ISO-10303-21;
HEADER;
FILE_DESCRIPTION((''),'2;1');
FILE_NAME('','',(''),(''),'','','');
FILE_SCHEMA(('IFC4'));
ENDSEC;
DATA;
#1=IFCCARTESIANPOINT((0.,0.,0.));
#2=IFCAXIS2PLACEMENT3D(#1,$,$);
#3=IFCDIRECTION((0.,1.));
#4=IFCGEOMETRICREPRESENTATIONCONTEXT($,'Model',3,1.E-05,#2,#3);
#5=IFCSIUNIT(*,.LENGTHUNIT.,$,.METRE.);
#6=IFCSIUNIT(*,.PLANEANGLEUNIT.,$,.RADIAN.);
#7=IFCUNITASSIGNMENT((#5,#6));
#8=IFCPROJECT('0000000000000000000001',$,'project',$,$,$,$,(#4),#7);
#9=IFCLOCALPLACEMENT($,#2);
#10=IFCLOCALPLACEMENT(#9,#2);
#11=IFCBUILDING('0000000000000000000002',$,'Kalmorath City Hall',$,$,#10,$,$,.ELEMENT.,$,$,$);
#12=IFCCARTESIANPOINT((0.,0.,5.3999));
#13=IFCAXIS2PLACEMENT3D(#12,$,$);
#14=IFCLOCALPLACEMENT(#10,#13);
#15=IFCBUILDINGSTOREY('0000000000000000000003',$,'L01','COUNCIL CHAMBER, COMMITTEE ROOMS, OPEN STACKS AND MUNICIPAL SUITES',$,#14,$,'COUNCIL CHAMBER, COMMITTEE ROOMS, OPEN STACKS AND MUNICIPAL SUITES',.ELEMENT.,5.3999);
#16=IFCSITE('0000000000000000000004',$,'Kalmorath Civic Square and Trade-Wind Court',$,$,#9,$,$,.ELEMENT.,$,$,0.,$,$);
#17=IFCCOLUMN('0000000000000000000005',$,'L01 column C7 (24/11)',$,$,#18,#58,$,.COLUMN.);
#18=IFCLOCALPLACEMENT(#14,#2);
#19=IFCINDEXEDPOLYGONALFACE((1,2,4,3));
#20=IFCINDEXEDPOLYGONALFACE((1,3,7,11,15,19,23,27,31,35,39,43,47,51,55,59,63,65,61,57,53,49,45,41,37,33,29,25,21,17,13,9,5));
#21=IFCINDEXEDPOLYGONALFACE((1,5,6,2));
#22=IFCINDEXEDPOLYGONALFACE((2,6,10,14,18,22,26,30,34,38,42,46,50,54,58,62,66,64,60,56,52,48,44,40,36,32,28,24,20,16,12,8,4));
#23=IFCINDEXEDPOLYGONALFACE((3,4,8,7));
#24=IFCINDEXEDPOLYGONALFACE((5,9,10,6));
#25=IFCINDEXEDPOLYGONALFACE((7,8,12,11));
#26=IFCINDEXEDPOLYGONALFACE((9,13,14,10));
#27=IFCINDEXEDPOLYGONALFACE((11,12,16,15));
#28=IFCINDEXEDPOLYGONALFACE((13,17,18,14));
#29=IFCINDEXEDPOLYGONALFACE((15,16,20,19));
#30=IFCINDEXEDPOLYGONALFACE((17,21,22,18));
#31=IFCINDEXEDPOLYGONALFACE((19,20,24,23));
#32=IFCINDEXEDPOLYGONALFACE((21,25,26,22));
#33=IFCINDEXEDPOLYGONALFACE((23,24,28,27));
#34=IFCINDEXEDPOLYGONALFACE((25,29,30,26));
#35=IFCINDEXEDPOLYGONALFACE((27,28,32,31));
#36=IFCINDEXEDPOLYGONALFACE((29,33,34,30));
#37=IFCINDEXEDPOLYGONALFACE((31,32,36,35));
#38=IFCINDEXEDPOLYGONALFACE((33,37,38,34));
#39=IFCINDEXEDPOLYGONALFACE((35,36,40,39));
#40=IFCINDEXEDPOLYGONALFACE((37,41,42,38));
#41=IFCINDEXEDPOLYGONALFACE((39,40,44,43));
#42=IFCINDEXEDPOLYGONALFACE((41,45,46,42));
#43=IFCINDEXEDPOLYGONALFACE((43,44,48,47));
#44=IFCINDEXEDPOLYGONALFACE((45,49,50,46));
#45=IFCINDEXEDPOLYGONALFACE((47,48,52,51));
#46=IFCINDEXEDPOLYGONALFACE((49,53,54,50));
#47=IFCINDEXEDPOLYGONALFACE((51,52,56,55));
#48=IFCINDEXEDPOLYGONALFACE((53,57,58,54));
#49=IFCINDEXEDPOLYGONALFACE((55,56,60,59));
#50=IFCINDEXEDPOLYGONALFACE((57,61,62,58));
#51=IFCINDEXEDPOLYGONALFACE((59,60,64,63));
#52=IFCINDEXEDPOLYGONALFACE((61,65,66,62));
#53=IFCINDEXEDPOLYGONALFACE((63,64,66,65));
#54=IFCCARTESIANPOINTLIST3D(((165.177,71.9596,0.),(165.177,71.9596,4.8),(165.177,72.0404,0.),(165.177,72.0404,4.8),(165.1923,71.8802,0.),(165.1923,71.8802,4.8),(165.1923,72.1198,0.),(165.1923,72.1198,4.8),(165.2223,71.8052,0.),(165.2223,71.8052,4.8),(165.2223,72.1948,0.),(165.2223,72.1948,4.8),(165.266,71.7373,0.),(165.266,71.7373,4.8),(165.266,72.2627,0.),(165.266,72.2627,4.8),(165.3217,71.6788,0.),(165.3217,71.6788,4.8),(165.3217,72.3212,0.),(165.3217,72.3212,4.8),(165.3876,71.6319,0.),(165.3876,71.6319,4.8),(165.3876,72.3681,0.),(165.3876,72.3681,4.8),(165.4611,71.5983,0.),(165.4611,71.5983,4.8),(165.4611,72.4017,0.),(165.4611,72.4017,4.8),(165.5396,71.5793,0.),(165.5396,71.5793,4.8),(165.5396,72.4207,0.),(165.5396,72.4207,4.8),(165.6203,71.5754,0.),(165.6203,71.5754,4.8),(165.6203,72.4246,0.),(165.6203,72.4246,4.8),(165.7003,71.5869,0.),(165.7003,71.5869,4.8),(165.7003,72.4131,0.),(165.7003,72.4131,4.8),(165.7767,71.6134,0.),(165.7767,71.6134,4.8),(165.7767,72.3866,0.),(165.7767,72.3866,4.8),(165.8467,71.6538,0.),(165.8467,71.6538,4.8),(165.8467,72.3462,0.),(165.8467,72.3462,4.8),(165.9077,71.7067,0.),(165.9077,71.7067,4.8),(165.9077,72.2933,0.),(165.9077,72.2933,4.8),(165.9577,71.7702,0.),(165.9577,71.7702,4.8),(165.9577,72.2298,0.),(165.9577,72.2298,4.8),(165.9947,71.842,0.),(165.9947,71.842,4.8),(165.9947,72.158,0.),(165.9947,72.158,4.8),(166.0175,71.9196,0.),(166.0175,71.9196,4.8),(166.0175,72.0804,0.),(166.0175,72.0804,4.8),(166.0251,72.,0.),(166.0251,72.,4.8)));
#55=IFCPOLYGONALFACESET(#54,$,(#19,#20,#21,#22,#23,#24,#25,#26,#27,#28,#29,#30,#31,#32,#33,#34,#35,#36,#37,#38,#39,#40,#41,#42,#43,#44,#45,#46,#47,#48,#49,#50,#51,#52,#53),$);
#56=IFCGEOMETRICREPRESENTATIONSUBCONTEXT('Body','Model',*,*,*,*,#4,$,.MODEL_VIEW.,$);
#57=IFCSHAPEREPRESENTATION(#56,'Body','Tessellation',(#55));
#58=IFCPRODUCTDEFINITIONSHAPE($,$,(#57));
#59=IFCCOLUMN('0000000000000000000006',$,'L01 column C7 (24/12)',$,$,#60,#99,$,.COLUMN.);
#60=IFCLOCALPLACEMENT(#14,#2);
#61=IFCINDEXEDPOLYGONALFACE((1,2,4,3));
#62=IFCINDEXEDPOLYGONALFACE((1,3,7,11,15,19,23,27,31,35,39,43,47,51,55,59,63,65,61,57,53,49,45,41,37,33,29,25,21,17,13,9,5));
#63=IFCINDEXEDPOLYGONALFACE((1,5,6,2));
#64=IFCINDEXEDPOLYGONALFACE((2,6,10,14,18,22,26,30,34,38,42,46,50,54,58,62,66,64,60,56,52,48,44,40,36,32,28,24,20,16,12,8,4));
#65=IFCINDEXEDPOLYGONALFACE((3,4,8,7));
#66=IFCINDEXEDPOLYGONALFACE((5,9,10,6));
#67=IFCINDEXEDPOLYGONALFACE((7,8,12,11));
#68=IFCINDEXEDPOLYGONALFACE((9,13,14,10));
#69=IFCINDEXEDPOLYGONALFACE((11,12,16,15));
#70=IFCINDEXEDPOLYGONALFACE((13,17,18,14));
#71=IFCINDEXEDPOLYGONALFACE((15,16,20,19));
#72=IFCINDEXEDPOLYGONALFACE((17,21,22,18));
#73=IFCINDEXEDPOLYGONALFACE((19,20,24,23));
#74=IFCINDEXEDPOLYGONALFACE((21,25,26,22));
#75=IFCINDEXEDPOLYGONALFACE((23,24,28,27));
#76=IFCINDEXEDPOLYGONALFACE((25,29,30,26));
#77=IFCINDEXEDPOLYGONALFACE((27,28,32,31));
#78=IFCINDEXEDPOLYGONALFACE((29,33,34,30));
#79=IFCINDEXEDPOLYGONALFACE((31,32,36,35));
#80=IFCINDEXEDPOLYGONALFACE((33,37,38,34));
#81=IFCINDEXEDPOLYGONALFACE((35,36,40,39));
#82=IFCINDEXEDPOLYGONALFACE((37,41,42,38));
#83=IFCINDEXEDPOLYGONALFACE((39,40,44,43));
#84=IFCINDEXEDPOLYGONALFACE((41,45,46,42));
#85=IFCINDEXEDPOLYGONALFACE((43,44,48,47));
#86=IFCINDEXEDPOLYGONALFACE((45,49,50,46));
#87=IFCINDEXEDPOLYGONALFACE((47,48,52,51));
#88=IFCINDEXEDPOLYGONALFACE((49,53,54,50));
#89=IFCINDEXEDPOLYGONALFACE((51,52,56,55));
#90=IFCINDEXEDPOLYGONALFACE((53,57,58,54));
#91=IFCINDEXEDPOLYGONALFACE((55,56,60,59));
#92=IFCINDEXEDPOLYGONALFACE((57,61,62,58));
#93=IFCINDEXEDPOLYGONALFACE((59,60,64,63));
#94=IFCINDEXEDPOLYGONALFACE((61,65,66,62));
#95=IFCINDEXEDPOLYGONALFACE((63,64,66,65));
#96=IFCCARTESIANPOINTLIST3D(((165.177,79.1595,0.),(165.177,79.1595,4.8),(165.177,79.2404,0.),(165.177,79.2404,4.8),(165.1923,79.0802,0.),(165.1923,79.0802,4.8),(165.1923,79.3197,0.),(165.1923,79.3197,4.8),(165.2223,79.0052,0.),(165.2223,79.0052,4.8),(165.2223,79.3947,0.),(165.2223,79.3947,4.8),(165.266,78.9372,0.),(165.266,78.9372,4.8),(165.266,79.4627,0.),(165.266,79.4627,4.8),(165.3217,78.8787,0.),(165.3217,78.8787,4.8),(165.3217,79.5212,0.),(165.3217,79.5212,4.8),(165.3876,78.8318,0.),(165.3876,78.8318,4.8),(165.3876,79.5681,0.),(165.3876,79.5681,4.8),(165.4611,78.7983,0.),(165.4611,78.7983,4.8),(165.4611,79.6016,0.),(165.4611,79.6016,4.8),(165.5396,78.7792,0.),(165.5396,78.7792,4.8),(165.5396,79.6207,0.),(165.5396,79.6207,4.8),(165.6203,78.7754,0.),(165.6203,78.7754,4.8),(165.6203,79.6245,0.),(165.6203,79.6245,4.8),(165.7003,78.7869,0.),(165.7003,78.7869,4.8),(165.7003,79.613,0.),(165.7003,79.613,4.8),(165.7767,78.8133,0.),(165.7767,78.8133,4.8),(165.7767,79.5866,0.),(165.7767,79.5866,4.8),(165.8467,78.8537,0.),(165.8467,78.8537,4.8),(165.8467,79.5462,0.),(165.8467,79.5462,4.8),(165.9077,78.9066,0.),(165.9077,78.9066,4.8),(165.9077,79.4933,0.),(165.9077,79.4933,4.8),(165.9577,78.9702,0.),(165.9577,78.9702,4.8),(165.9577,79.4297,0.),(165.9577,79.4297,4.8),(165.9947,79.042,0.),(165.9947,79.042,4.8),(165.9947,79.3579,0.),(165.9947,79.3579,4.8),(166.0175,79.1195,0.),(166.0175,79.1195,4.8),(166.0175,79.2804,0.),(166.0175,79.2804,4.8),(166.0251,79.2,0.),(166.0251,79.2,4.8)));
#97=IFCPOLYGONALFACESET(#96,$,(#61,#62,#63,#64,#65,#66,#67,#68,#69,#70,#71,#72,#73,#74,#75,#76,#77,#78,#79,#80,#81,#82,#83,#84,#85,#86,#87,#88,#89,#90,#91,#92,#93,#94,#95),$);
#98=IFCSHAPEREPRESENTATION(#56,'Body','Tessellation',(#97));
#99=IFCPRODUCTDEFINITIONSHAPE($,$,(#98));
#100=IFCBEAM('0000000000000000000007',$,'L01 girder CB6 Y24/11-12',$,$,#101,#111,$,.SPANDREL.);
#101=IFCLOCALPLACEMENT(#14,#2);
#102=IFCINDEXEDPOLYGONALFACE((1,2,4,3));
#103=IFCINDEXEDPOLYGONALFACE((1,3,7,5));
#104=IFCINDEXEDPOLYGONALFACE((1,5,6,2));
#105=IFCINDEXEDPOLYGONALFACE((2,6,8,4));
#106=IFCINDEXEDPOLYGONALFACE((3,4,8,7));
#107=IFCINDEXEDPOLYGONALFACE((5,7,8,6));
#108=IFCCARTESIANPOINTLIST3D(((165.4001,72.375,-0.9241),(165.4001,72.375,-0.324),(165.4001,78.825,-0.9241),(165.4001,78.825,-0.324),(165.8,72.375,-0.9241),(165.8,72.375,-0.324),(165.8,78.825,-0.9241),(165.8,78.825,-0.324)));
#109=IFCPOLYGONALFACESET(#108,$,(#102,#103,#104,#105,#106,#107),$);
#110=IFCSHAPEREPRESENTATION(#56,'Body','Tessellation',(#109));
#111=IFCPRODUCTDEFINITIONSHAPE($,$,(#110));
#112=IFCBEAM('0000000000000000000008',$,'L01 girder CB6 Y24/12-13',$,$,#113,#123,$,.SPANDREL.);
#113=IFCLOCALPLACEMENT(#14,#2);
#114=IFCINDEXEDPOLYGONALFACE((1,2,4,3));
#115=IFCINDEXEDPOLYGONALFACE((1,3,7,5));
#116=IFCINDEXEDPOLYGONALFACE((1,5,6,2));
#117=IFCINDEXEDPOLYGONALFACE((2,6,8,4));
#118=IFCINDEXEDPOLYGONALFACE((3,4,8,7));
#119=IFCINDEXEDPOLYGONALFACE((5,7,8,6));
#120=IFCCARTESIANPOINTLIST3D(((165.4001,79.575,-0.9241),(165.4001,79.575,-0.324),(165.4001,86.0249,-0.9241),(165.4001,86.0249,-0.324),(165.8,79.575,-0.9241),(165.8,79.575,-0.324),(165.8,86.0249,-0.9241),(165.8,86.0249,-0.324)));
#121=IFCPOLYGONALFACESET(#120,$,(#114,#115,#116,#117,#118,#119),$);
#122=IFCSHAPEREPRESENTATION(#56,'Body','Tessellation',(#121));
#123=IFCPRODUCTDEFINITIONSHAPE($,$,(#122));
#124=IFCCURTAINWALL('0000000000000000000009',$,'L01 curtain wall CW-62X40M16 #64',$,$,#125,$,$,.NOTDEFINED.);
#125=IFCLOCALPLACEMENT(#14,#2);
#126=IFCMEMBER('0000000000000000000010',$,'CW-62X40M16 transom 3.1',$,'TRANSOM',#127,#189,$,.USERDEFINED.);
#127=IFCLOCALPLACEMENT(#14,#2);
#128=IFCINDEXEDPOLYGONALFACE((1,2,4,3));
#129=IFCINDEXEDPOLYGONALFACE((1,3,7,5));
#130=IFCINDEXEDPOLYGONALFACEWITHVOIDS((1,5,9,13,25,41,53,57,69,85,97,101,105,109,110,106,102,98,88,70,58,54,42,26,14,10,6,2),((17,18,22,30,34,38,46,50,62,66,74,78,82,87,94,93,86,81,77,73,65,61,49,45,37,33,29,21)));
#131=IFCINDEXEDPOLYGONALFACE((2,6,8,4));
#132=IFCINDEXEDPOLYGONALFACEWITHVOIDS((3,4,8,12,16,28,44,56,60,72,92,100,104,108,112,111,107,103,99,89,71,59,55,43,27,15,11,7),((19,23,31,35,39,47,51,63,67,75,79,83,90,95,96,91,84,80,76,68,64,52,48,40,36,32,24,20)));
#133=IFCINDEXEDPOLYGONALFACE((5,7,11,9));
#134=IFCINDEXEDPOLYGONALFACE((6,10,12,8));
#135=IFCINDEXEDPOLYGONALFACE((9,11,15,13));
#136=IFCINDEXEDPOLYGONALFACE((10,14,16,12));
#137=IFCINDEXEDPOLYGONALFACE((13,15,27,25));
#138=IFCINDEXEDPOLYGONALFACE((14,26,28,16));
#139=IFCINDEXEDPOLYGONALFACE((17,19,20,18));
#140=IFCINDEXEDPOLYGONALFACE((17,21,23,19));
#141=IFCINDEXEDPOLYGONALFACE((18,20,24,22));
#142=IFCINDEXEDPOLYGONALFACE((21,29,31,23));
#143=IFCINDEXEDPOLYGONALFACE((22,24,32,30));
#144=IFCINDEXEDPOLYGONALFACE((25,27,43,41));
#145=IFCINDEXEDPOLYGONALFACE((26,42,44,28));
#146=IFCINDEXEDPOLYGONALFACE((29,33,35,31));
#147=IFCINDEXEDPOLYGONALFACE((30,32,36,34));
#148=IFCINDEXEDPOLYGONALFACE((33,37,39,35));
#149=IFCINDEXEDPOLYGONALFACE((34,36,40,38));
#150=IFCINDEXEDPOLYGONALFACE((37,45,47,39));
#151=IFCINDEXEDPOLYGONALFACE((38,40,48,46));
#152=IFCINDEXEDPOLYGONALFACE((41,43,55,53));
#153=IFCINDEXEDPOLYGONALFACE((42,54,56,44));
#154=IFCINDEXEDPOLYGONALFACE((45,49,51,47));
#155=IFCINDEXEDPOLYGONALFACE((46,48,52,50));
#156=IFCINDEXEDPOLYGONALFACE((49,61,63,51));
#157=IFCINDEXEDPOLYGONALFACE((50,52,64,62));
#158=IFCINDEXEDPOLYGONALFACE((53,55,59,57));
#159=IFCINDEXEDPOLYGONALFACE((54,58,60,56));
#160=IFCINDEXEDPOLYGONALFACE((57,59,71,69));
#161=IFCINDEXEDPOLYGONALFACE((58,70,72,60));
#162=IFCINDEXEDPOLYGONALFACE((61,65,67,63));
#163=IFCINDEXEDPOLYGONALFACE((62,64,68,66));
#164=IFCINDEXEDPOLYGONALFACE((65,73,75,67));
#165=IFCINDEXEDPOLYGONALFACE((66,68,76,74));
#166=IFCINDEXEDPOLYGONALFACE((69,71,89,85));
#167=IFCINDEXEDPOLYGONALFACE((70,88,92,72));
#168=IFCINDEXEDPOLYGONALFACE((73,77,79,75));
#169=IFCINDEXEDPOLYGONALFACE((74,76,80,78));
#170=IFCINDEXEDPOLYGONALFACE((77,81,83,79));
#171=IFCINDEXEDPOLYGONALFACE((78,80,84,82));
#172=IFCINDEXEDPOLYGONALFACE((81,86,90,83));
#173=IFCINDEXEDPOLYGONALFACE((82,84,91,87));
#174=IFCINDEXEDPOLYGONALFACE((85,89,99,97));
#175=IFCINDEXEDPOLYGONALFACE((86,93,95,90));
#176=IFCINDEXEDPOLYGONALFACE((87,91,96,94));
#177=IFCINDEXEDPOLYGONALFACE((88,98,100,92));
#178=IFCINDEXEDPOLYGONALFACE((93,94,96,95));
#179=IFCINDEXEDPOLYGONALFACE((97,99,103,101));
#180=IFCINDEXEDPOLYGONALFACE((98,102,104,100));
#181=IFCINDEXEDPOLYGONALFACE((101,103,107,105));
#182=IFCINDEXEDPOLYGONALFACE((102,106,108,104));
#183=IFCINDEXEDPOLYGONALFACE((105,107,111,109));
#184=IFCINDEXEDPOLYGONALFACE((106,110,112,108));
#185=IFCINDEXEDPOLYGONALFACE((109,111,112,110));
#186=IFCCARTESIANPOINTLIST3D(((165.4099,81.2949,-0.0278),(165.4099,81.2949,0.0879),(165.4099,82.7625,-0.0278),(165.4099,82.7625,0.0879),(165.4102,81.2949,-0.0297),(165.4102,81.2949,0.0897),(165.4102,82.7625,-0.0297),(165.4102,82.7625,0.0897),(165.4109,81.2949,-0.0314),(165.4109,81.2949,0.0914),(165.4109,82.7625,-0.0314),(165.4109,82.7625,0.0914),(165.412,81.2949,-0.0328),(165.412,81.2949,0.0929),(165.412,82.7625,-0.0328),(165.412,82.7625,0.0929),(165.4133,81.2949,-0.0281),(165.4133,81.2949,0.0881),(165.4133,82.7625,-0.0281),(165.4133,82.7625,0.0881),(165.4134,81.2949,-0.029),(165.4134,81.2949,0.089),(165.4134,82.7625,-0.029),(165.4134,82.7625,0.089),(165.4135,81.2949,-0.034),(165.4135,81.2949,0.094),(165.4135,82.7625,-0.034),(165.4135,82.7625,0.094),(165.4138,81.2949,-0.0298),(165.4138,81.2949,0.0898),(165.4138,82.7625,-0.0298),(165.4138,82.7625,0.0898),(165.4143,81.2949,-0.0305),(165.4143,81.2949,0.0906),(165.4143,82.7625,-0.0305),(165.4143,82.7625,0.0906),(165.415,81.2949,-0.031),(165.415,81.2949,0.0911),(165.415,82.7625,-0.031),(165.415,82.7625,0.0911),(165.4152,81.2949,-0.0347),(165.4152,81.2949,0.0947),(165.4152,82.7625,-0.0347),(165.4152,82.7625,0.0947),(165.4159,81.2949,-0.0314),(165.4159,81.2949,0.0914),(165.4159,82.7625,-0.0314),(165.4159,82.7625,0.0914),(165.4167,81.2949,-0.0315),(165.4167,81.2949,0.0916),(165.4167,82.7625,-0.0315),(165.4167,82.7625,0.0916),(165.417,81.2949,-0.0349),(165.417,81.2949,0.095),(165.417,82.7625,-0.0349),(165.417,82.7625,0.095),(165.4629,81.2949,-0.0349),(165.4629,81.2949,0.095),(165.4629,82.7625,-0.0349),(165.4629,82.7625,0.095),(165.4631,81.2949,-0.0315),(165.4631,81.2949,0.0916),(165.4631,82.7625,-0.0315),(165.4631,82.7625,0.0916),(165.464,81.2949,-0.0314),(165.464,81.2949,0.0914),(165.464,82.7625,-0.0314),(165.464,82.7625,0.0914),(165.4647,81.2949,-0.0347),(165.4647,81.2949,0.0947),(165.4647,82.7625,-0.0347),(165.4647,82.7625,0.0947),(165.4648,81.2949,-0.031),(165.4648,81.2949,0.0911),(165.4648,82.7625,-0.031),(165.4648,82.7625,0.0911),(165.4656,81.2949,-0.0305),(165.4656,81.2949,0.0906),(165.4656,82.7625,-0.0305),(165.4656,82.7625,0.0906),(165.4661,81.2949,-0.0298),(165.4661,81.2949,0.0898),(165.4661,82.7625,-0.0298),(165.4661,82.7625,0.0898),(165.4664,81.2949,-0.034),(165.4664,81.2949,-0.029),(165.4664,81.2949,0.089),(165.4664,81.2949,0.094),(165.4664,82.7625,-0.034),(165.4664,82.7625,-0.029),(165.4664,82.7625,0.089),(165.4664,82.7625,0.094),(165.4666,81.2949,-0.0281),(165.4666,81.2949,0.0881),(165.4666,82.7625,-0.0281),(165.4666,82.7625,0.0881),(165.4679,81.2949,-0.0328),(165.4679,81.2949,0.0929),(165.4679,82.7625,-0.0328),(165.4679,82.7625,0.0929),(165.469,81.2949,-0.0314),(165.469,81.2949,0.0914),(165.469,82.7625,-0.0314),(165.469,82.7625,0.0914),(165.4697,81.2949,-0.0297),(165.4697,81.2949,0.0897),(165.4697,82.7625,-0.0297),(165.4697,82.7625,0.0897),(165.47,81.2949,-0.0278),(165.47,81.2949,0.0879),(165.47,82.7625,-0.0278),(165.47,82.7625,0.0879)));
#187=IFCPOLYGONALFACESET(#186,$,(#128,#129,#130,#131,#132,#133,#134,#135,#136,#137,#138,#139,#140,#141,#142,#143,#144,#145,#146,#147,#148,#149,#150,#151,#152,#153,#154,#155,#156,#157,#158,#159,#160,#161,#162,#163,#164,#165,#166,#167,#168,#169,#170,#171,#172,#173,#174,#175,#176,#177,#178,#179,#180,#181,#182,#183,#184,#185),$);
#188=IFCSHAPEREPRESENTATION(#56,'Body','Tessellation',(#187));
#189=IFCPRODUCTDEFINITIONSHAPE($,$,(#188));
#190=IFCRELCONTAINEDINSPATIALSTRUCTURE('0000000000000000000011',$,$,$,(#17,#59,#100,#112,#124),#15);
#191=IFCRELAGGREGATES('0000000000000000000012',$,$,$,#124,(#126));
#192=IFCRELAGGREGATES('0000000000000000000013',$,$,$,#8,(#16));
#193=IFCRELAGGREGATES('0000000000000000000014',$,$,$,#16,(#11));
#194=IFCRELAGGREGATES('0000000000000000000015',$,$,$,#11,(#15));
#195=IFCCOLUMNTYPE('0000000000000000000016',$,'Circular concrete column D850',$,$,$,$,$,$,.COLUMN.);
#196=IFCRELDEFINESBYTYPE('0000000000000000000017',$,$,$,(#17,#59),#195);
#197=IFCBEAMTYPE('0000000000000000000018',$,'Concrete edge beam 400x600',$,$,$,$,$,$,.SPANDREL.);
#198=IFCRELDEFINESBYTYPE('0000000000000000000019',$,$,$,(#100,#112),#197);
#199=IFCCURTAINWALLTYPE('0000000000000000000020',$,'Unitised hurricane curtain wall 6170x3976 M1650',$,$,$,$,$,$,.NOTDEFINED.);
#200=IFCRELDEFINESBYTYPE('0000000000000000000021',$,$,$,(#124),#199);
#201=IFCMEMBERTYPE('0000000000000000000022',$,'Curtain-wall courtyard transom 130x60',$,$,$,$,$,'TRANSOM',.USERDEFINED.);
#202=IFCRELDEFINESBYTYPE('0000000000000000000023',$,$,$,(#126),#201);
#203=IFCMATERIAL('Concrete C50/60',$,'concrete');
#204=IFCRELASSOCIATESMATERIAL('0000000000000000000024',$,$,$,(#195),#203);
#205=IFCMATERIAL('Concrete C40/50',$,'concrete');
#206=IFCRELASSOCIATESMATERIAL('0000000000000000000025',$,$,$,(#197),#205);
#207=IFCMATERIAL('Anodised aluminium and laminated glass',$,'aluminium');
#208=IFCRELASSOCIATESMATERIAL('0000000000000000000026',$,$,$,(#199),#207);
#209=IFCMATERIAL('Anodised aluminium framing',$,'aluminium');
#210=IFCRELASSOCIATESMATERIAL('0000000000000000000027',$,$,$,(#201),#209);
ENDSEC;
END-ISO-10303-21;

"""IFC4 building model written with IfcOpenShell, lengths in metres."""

from ifc_helpers import new_model, si_unit, direction, frame, origin, origin_2d, place, context, subcontext, project, spatial, rectangle, hollow_rectangle, circle, extrude, material, material_profile, profile_set, type_object, element, aggregate, save


model = new_model("IFC4")

# Units and contexts
model_context = context("Model", 3, precision=1e-05, world=origin(), true_north=direction((0.0, 1.0)))
body_context = subcontext(model_context, "Body", "Model", "MODEL_VIEW")
ifc_project = project(units=[si_unit("LENGTHUNIT", "METRE"), si_unit("PLANEANGLEUNIT", "RADIAN")], contexts=[model_context])

# Site, building, storey
site_placement = place(None, origin())
site = spatial("IfcSite", under=ifc_project, at=site_placement, Name="Kalmorath Civic Square and Trade-Wind Court", CompositionType="ELEMENT", RefElevation=0.0)
building_placement = place(site_placement, origin())
building = spatial("IfcBuilding", under=site, at=building_placement, Name="Kalmorath City Hall", CompositionType="ELEMENT")
storey_placement = place(building_placement, frame((0.0, 0.0, 5.3999)))
storey = spatial("IfcBuildingStorey", under=building, at=storey_placement, Name="L01", Description="COUNCIL CHAMBER, COMMITTEE ROOMS, OPEN STACKS AND MUNICIPAL SUITES", LongName="COUNCIL CHAMBER, COMMITTEE ROOMS, OPEN STACKS AND MUNICIPAL SUITES", CompositionType="ELEMENT", Elevation=5.3999)

# Columns
ifc_material_1 = material(Name="Concrete C50/60", Category="concrete")
ifc_material_profile_1 = material_profile(ifc_material_1, circle(Radius=0.425, at=origin_2d()), Name="RC-COL-D850")
ifc_profile_set_1 = profile_set([ifc_material_profile_1], Name="Concrete C50/60")
column_type = type_object("IfcColumnType", Name="Circular concrete column D850", PredefinedType="COLUMN", material=ifc_profile_set_1)
for number, where, z_axis, x_axis, name in (
    (1, (165.6001, 72.0, 0.0), (0.0, 0.0, 1.0), (1.0, 0.0, 0.0), "L01 column C7 (24/11)"),
    (2, (165.6001, 79.2, 0.0), (0.0, 0.0, 1.0), (1.0, 0.0, 0.0), "L01 column C7 (24/12)"),
):
    element("IfcColumn", number, at=place(storey_placement, frame(where, z_axis=z_axis, x_axis=x_axis)), inside=storey, type_object=column_type, Name=name, PredefinedType="COLUMN", context=body_context, shape_type="SweptSolid", body=[
        extrude(circle(Radius=0.425, at=origin_2d()), origin(), (0.0, 0.0, 1.0), 4.8),
    ])

# Beams
ifc_material_2 = material(Name="Concrete C40/50", Category="concrete")
ifc_material_profile_2 = material_profile(ifc_material_2, rectangle(XDim=0.3999, YDim=0.6001, at=origin_2d()), Name="RC-BM-400X600")
ifc_profile_set_2 = profile_set([ifc_material_profile_2], Name="Concrete C40/50")
beam_type = type_object("IfcBeamType", Name="Concrete edge beam 400x600", PredefinedType="SPANDREL", material=ifc_profile_set_2)
for number, where, z_axis, x_axis, name in (
    (3, (165.6001, 72.375, -0.624), (0.0, 1.0, 0.0), (-1.0, 0.0, 0.0), "L01 girder CB6 Y24/11-12"),
    (4, (165.6001, 79.575, -0.624), (0.0, 1.0, 0.0), (-1.0, 0.0, 0.0), "L01 girder CB6 Y24/12-13"),
):
    element("IfcBeam", number, at=place(storey_placement, frame(where, z_axis=z_axis, x_axis=x_axis)), inside=storey, type_object=beam_type, Name=name, PredefinedType="SPANDREL", context=body_context, shape_type="SweptSolid", body=[
        extrude(rectangle(XDim=0.3999, YDim=0.6001, at=origin_2d()), origin(), (0.0, 0.0, 1.0), 6.45),
    ])

# Curtain wall, member
ifc_material_3 = material(Name="Anodised aluminium and laminated glass", Category="aluminium")
curtain_wall_type = type_object("IfcCurtainWallType", Name="Unitised hurricane curtain wall 6170x3976 M1650", PredefinedType="NOTDEFINED", material=ifc_material_3)
curtain_wall_1_placement = place(storey_placement, origin())
curtain_wall_1 = element("IfcCurtainWall", 5, at=curtain_wall_1_placement, inside=storey, type_object=curtain_wall_type, Name="L01 curtain wall CW-62X40M16 #64", PredefinedType="NOTDEFINED")
ifc_material_4 = material(Name="Anodised aluminium framing", Category="aluminium")
ifc_material_profile_3 = material_profile(ifc_material_4, hollow_rectangle(XDim=0.0601, YDim=0.1299, WallThickness=0.0034, InnerFilletRadius=0.0034, OuterFilletRadius=0.0071, at=origin_2d()), Name="ALU-TRN-130X60X3.5")
ifc_profile_set_3 = profile_set([ifc_material_profile_3], Name="Anodised aluminium framing")
member_type_1 = type_object("IfcMemberType", Name="Curtain-wall courtyard transom 130x60", ElementType="TRANSOM", PredefinedType="USERDEFINED", material=ifc_profile_set_3)
member_1_placement = place(storey_placement, frame((165.4399, 82.7625, 0.03), z_axis=(0.0, -1.0, 0.0), x_axis=(1.0, 0.0, 0.0)))
member_1 = element("IfcMember", 6, at=member_1_placement, type_object=member_type_1, Name="CW-62X40M16 transom 3.1", ObjectType="TRANSOM", PredefinedType="USERDEFINED", context=body_context, shape_type="SweptSolid", body=[
    extrude(hollow_rectangle(XDim=0.0601, YDim=0.1299, WallThickness=0.0034, InnerFilletRadius=0.0034, OuterFilletRadius=0.0071, at=origin_2d()), origin(), (0.0, 0.0, 1.0), 1.4675),
])

aggregate(curtain_wall_1, [member_1])

save(model, "model.ifc")
